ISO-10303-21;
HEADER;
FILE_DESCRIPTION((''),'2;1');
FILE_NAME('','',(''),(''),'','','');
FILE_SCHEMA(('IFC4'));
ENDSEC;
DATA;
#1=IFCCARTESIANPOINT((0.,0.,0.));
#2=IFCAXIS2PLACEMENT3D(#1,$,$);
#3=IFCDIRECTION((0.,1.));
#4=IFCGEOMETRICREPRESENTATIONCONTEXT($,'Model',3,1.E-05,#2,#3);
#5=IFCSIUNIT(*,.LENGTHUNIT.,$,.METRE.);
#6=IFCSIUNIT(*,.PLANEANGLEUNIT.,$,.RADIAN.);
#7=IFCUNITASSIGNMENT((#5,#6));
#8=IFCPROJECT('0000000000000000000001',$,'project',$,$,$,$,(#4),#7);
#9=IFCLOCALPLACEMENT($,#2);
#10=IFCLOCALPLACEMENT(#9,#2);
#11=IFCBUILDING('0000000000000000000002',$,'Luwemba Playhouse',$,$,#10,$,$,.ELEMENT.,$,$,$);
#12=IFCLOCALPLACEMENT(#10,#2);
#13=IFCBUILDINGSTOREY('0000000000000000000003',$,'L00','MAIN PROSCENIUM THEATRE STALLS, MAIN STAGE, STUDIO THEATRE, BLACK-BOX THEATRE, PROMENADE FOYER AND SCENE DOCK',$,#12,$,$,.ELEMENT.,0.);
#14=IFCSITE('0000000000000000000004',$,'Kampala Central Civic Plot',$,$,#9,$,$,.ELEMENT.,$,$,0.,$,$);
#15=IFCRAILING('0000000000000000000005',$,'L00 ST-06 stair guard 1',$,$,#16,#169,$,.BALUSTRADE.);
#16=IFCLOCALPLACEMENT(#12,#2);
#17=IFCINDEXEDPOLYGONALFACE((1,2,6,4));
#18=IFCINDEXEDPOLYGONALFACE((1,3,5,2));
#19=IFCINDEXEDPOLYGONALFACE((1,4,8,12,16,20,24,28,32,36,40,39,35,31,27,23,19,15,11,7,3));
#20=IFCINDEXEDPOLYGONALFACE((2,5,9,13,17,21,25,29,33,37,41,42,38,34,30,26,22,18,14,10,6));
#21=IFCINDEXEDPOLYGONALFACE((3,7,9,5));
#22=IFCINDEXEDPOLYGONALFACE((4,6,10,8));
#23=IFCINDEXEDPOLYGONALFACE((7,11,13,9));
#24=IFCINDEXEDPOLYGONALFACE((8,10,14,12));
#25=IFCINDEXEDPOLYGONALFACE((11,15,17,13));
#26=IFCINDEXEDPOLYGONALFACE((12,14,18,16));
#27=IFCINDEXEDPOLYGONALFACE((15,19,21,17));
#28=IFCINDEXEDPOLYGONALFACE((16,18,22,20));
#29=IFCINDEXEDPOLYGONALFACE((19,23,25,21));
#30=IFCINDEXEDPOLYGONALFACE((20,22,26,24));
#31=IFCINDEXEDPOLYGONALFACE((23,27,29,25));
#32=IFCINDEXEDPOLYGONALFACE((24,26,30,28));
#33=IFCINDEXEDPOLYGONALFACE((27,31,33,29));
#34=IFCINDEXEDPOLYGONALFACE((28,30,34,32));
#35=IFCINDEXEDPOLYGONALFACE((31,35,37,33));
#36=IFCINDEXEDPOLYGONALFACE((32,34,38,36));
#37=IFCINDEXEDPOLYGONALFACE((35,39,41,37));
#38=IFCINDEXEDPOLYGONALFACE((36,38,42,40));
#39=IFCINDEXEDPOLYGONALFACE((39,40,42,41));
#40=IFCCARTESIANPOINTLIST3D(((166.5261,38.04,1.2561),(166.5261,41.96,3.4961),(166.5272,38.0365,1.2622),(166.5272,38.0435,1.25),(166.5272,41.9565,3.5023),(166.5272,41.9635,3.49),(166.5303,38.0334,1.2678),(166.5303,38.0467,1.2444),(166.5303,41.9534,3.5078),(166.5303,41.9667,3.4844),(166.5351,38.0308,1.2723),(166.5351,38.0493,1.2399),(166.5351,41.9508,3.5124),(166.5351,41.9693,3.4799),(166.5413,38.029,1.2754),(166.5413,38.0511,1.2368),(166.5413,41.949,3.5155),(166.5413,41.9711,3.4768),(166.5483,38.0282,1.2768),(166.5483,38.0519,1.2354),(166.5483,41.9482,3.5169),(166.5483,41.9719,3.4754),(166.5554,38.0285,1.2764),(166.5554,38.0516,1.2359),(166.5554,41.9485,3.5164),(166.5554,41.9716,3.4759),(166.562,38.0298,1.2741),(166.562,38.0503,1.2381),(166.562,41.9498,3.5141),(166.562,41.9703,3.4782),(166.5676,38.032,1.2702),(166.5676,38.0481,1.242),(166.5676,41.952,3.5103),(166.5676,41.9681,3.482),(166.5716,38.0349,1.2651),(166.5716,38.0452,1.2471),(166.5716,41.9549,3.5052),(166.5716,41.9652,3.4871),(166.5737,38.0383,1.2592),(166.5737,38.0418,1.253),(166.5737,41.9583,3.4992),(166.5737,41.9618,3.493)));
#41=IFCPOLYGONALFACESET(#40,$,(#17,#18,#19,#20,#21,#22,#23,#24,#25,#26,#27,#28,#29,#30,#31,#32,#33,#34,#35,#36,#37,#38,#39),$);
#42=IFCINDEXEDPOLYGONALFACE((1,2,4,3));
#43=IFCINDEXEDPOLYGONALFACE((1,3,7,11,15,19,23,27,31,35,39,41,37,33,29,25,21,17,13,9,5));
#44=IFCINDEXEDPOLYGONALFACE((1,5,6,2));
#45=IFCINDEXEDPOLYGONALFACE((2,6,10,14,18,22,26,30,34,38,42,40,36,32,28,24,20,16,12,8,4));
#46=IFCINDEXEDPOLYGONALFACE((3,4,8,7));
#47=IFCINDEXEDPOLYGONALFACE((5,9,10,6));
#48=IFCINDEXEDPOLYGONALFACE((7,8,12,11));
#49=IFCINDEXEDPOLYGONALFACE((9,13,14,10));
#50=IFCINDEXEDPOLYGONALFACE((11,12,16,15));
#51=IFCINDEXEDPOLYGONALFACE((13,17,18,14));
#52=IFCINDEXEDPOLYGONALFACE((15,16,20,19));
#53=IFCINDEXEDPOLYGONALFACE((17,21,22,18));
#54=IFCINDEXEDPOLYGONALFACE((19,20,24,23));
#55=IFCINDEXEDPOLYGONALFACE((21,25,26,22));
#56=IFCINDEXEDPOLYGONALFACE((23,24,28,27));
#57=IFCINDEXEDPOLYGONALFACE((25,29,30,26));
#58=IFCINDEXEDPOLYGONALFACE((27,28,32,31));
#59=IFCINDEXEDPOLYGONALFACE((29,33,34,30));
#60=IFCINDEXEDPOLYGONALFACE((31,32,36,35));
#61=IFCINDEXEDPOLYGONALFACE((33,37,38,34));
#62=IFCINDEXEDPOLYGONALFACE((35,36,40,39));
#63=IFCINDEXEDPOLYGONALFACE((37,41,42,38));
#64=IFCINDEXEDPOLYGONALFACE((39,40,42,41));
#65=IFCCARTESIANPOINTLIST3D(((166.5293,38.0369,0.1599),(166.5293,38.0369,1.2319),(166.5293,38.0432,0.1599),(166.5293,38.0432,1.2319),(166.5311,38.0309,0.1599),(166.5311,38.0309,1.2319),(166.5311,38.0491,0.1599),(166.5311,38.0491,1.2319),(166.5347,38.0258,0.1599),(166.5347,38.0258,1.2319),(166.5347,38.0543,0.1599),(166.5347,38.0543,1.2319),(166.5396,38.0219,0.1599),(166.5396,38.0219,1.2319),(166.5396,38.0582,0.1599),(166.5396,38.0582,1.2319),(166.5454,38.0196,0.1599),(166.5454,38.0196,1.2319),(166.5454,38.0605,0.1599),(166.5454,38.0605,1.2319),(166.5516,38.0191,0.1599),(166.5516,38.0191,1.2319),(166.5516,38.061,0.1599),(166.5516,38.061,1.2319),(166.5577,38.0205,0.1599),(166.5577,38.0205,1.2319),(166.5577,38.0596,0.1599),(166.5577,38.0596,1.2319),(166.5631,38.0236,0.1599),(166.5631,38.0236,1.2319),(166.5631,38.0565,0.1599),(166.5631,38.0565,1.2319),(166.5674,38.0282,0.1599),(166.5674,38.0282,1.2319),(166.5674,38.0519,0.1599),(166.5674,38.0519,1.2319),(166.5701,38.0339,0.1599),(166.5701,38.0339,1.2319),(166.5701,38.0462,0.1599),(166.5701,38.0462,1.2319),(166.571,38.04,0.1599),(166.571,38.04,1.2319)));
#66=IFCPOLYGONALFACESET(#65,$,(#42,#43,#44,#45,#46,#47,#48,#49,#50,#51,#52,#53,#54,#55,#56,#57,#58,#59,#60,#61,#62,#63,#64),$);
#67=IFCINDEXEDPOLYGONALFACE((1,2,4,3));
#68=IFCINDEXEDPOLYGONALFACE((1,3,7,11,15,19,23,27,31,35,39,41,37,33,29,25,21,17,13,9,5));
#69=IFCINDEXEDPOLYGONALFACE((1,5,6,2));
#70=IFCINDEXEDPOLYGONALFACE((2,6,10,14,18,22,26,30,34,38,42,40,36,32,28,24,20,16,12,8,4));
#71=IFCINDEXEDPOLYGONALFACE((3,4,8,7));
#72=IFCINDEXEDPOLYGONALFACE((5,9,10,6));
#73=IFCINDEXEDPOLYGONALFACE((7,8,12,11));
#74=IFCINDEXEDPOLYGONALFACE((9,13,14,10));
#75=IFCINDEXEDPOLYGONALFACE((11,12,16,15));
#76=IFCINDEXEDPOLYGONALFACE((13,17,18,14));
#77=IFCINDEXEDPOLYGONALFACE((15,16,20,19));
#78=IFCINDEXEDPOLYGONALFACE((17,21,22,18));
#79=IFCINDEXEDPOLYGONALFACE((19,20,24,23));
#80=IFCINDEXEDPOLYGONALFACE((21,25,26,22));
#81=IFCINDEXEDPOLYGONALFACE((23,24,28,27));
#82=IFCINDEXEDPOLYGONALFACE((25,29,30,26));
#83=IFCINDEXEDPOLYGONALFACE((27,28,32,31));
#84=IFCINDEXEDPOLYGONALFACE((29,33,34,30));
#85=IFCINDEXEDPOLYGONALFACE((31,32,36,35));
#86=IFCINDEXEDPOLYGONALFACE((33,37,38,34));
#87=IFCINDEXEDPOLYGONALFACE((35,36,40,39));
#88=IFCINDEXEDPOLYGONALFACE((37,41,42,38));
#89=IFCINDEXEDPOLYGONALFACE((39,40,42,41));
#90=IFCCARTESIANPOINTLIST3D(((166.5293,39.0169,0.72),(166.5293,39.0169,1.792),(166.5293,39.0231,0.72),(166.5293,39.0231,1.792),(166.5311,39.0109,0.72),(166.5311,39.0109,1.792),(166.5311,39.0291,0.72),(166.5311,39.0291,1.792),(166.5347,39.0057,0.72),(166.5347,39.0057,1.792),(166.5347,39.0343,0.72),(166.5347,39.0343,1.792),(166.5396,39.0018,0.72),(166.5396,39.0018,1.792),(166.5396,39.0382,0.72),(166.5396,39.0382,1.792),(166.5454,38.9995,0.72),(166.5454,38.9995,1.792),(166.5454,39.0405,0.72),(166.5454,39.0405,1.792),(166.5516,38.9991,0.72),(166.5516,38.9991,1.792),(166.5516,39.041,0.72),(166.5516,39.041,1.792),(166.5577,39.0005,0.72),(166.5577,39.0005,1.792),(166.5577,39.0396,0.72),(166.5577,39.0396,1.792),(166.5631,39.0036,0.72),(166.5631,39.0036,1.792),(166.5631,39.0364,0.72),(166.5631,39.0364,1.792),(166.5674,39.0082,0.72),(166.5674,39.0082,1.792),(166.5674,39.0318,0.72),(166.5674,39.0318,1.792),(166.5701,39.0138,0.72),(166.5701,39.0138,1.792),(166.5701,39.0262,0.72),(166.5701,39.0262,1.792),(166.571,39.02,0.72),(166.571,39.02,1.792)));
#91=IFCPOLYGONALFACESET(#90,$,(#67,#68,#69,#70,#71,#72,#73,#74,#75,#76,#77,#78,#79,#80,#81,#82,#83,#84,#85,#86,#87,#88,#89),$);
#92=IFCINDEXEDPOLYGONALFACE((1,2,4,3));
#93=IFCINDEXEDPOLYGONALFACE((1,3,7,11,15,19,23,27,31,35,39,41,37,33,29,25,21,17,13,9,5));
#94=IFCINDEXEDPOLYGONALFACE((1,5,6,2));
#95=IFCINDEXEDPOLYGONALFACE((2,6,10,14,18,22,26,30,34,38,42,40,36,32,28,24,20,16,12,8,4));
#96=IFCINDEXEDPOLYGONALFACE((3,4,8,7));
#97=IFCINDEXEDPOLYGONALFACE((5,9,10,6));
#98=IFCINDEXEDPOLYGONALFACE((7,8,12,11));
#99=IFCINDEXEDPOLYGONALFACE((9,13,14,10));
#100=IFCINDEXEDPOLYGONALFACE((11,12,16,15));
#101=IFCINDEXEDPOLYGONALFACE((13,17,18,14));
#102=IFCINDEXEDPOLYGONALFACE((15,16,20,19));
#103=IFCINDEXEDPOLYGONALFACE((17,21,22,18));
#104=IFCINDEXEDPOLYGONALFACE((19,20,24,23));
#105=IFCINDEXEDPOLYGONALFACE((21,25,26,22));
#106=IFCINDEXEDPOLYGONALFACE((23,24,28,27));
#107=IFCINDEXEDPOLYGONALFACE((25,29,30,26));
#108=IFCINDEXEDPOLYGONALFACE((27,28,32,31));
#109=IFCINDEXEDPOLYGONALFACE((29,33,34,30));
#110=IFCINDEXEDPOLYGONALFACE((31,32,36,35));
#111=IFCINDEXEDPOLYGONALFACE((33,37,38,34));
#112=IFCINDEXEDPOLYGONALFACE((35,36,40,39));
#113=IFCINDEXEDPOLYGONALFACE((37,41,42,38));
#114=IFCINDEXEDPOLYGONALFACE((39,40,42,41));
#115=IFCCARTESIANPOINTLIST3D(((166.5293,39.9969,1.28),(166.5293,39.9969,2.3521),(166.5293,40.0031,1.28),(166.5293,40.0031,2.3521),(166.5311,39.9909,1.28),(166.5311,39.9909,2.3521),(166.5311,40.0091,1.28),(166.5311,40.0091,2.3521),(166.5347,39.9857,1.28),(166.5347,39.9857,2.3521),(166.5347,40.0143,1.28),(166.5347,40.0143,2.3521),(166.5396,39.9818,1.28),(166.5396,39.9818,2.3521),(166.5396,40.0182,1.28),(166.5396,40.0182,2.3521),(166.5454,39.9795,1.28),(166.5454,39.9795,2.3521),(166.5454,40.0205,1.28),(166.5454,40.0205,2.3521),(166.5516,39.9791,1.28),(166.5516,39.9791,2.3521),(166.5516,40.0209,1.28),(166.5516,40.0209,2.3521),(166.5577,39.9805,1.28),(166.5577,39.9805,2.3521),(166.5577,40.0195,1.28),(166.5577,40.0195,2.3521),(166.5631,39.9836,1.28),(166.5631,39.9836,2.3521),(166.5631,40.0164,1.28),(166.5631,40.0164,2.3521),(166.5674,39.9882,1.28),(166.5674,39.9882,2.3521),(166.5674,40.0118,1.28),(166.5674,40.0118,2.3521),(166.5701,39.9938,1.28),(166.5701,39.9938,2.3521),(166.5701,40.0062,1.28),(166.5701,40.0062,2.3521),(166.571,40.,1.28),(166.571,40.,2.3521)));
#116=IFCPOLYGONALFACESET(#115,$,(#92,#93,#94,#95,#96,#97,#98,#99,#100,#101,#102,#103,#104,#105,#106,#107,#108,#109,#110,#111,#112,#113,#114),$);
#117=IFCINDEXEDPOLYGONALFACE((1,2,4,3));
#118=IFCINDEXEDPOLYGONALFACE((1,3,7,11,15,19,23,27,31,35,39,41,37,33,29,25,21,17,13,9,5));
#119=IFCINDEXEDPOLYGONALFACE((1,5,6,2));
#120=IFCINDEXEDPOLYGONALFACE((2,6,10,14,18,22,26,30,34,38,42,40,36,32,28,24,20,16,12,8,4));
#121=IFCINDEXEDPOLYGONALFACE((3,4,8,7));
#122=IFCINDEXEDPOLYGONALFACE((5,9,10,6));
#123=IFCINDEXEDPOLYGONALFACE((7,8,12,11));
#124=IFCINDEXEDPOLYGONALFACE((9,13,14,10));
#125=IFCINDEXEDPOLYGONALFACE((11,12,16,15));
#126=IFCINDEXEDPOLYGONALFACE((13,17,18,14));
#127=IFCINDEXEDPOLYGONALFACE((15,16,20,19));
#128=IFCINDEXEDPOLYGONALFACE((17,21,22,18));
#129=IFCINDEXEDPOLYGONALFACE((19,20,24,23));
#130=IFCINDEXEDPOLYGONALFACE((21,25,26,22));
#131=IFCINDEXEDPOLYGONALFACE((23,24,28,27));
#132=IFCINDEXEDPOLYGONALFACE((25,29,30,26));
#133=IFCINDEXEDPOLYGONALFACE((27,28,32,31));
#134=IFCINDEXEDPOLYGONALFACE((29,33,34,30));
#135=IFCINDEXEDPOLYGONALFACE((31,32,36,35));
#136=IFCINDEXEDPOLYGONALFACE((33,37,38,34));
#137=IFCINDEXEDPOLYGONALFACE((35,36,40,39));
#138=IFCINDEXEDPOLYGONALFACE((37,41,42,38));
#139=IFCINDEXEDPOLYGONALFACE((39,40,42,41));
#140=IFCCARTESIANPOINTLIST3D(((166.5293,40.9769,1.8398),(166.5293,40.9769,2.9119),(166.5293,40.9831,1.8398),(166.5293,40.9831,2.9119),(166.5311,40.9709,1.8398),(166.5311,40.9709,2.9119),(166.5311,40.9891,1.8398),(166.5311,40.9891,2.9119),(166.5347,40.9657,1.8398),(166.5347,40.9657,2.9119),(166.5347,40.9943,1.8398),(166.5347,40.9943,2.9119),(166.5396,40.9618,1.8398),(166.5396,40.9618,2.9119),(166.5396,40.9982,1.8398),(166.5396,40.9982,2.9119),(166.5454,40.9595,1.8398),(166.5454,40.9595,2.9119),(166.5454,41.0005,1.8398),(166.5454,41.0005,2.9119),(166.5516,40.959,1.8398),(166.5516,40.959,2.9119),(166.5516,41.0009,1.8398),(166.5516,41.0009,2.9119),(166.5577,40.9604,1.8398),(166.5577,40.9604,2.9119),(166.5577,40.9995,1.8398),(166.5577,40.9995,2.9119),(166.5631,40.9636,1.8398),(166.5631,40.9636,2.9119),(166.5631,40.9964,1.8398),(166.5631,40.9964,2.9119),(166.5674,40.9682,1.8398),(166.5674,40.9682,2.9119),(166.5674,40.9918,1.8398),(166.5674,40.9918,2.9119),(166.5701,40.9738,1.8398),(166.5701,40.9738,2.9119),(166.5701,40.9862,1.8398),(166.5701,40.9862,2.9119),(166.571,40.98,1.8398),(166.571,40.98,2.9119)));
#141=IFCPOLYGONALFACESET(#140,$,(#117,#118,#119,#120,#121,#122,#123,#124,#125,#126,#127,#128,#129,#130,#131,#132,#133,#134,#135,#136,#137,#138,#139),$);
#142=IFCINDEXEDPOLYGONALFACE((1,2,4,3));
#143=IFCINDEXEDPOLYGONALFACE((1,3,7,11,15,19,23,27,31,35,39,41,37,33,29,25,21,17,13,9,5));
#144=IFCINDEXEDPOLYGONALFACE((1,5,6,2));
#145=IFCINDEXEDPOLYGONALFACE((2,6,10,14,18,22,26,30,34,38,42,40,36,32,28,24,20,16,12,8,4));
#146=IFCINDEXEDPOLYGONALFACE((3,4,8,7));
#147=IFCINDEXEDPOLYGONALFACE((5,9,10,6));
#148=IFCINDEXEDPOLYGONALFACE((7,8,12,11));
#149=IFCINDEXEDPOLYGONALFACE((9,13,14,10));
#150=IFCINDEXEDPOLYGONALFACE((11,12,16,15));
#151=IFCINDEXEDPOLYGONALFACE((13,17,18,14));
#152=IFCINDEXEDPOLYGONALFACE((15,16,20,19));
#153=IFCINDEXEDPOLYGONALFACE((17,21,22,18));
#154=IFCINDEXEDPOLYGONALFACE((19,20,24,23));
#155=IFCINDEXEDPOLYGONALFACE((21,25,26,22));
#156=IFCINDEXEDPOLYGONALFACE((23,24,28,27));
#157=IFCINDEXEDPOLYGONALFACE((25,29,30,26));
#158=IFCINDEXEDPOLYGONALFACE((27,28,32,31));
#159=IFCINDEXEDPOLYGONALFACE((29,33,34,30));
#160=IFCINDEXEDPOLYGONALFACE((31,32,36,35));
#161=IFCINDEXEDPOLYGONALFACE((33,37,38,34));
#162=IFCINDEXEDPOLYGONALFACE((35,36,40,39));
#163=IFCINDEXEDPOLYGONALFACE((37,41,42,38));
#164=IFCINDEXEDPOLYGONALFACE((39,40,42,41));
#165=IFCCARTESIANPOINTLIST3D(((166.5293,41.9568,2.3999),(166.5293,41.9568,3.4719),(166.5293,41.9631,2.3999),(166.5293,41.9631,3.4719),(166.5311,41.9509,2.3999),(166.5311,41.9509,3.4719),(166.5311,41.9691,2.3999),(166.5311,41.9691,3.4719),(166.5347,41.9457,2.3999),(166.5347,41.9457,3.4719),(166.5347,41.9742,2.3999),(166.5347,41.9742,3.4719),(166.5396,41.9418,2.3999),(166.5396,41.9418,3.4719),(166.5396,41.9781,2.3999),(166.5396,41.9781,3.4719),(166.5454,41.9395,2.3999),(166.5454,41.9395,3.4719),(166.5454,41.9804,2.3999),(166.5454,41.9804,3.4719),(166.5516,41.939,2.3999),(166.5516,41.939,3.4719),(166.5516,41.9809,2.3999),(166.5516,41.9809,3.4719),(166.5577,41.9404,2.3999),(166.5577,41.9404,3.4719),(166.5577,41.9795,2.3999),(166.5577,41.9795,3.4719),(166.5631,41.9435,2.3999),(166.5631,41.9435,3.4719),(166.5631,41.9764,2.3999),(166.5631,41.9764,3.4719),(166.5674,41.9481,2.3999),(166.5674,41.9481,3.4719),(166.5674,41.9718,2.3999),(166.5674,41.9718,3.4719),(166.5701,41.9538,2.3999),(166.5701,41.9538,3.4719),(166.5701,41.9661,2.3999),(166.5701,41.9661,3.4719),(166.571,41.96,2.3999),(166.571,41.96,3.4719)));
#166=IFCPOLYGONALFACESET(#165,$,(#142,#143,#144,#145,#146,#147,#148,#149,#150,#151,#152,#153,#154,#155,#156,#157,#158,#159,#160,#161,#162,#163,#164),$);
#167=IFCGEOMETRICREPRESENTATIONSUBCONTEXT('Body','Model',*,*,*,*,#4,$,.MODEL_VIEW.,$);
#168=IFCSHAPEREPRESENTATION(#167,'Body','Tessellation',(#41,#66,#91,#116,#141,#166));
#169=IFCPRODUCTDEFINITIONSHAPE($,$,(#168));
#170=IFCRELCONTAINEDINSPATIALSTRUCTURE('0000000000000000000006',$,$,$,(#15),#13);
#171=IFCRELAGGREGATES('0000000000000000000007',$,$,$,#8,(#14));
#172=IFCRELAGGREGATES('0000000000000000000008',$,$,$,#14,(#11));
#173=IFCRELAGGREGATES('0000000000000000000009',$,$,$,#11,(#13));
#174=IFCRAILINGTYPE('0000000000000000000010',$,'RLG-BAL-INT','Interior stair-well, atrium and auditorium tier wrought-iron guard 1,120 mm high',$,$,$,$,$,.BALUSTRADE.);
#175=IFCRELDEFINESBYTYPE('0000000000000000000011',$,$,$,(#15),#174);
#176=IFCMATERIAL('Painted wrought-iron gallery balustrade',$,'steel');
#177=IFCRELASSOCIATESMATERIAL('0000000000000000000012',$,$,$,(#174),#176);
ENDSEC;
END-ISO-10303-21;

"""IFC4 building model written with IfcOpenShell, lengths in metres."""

from ifc_helpers import new_model, si_unit, direction, frame, origin, origin_2d, place, context, subcontext, project, spatial, circle, extrude, material, type_object, element, save


model = new_model("IFC4")

# Units and contexts
model_context = context("Model", 3, precision=1e-05, world=origin(), true_north=direction((0.0, 1.0)))
body_context = subcontext(model_context, "Body", "Model", "MODEL_VIEW")
ifc_project = project(units=[si_unit("LENGTHUNIT", "METRE"), si_unit("PLANEANGLEUNIT", "RADIAN")], contexts=[model_context])

# Site, building, storey
site_placement = place(None, origin())
site = spatial("IfcSite", under=ifc_project, at=site_placement, Name="Kampala Central Civic Plot", CompositionType="ELEMENT", RefElevation=0.0)
building_placement = place(site_placement, origin())
building = spatial("IfcBuilding", under=site, at=building_placement, Name="Luwemba Playhouse", CompositionType="ELEMENT")
storey_placement = place(building_placement, origin())
storey = spatial("IfcBuildingStorey", under=building, at=storey_placement, Name="L00", Description="MAIN PROSCENIUM THEATRE STALLS, MAIN STAGE, STUDIO THEATRE, BLACK-BOX THEATRE, PROMENADE FOYER AND SCENE DOCK", CompositionType="ELEMENT", Elevation=0.0)

# Railing
ifc_material_1 = material(Name="Painted wrought-iron gallery balustrade", Category="steel")
railing_type_1 = type_object("IfcRailingType", Name="RLG-BAL-INT", Description="Interior stair-well, atrium and auditorium tier wrought-iron guard 1,120 mm high", PredefinedType="BALUSTRADE", material=ifc_material_1)
railing_1_placement = place(storey_placement, frame((166.55, 38.04, 0.1599)))
element("IfcRailing", 1, at=railing_1_placement, inside=storey, type_object=railing_type_1, Name="L00 ST-06 stair guard 1", PredefinedType="BALUSTRADE", context=body_context, shape_type="SweptSolid", body=[
    extrude(circle(Radius=0.0239, at=origin_2d()), frame((0.0, 0.0, 1.0962), z_axis=(0.0, 0.86824, 0.496145), x_axis=(-1.0, 0.0, 0.0)), (0.0, 0.0, 1.0), 4.5149),
    extrude(circle(Radius=0.021, at=origin_2d()), origin(), (0.0, 0.0, 1.0), 1.072),
    extrude(circle(Radius=0.021, at=origin_2d()), frame((0.0, 0.98, 0.5601)), (0.0, 0.0, 1.0), 1.072),
    extrude(circle(Radius=0.021, at=origin_2d()), frame((0.0, 1.96, 1.1201)), (0.0, 0.0, 1.0), 1.072),
    extrude(circle(Radius=0.021, at=origin_2d()), frame((0.0, 2.9399, 1.6799)), (0.0, 0.0, 1.0), 1.072),
    extrude(circle(Radius=0.021, at=origin_2d()), frame((0.0, 3.9199, 2.24)), (0.0, 0.0, 1.0), 1.072),
])

save(model, "model.ifc")
